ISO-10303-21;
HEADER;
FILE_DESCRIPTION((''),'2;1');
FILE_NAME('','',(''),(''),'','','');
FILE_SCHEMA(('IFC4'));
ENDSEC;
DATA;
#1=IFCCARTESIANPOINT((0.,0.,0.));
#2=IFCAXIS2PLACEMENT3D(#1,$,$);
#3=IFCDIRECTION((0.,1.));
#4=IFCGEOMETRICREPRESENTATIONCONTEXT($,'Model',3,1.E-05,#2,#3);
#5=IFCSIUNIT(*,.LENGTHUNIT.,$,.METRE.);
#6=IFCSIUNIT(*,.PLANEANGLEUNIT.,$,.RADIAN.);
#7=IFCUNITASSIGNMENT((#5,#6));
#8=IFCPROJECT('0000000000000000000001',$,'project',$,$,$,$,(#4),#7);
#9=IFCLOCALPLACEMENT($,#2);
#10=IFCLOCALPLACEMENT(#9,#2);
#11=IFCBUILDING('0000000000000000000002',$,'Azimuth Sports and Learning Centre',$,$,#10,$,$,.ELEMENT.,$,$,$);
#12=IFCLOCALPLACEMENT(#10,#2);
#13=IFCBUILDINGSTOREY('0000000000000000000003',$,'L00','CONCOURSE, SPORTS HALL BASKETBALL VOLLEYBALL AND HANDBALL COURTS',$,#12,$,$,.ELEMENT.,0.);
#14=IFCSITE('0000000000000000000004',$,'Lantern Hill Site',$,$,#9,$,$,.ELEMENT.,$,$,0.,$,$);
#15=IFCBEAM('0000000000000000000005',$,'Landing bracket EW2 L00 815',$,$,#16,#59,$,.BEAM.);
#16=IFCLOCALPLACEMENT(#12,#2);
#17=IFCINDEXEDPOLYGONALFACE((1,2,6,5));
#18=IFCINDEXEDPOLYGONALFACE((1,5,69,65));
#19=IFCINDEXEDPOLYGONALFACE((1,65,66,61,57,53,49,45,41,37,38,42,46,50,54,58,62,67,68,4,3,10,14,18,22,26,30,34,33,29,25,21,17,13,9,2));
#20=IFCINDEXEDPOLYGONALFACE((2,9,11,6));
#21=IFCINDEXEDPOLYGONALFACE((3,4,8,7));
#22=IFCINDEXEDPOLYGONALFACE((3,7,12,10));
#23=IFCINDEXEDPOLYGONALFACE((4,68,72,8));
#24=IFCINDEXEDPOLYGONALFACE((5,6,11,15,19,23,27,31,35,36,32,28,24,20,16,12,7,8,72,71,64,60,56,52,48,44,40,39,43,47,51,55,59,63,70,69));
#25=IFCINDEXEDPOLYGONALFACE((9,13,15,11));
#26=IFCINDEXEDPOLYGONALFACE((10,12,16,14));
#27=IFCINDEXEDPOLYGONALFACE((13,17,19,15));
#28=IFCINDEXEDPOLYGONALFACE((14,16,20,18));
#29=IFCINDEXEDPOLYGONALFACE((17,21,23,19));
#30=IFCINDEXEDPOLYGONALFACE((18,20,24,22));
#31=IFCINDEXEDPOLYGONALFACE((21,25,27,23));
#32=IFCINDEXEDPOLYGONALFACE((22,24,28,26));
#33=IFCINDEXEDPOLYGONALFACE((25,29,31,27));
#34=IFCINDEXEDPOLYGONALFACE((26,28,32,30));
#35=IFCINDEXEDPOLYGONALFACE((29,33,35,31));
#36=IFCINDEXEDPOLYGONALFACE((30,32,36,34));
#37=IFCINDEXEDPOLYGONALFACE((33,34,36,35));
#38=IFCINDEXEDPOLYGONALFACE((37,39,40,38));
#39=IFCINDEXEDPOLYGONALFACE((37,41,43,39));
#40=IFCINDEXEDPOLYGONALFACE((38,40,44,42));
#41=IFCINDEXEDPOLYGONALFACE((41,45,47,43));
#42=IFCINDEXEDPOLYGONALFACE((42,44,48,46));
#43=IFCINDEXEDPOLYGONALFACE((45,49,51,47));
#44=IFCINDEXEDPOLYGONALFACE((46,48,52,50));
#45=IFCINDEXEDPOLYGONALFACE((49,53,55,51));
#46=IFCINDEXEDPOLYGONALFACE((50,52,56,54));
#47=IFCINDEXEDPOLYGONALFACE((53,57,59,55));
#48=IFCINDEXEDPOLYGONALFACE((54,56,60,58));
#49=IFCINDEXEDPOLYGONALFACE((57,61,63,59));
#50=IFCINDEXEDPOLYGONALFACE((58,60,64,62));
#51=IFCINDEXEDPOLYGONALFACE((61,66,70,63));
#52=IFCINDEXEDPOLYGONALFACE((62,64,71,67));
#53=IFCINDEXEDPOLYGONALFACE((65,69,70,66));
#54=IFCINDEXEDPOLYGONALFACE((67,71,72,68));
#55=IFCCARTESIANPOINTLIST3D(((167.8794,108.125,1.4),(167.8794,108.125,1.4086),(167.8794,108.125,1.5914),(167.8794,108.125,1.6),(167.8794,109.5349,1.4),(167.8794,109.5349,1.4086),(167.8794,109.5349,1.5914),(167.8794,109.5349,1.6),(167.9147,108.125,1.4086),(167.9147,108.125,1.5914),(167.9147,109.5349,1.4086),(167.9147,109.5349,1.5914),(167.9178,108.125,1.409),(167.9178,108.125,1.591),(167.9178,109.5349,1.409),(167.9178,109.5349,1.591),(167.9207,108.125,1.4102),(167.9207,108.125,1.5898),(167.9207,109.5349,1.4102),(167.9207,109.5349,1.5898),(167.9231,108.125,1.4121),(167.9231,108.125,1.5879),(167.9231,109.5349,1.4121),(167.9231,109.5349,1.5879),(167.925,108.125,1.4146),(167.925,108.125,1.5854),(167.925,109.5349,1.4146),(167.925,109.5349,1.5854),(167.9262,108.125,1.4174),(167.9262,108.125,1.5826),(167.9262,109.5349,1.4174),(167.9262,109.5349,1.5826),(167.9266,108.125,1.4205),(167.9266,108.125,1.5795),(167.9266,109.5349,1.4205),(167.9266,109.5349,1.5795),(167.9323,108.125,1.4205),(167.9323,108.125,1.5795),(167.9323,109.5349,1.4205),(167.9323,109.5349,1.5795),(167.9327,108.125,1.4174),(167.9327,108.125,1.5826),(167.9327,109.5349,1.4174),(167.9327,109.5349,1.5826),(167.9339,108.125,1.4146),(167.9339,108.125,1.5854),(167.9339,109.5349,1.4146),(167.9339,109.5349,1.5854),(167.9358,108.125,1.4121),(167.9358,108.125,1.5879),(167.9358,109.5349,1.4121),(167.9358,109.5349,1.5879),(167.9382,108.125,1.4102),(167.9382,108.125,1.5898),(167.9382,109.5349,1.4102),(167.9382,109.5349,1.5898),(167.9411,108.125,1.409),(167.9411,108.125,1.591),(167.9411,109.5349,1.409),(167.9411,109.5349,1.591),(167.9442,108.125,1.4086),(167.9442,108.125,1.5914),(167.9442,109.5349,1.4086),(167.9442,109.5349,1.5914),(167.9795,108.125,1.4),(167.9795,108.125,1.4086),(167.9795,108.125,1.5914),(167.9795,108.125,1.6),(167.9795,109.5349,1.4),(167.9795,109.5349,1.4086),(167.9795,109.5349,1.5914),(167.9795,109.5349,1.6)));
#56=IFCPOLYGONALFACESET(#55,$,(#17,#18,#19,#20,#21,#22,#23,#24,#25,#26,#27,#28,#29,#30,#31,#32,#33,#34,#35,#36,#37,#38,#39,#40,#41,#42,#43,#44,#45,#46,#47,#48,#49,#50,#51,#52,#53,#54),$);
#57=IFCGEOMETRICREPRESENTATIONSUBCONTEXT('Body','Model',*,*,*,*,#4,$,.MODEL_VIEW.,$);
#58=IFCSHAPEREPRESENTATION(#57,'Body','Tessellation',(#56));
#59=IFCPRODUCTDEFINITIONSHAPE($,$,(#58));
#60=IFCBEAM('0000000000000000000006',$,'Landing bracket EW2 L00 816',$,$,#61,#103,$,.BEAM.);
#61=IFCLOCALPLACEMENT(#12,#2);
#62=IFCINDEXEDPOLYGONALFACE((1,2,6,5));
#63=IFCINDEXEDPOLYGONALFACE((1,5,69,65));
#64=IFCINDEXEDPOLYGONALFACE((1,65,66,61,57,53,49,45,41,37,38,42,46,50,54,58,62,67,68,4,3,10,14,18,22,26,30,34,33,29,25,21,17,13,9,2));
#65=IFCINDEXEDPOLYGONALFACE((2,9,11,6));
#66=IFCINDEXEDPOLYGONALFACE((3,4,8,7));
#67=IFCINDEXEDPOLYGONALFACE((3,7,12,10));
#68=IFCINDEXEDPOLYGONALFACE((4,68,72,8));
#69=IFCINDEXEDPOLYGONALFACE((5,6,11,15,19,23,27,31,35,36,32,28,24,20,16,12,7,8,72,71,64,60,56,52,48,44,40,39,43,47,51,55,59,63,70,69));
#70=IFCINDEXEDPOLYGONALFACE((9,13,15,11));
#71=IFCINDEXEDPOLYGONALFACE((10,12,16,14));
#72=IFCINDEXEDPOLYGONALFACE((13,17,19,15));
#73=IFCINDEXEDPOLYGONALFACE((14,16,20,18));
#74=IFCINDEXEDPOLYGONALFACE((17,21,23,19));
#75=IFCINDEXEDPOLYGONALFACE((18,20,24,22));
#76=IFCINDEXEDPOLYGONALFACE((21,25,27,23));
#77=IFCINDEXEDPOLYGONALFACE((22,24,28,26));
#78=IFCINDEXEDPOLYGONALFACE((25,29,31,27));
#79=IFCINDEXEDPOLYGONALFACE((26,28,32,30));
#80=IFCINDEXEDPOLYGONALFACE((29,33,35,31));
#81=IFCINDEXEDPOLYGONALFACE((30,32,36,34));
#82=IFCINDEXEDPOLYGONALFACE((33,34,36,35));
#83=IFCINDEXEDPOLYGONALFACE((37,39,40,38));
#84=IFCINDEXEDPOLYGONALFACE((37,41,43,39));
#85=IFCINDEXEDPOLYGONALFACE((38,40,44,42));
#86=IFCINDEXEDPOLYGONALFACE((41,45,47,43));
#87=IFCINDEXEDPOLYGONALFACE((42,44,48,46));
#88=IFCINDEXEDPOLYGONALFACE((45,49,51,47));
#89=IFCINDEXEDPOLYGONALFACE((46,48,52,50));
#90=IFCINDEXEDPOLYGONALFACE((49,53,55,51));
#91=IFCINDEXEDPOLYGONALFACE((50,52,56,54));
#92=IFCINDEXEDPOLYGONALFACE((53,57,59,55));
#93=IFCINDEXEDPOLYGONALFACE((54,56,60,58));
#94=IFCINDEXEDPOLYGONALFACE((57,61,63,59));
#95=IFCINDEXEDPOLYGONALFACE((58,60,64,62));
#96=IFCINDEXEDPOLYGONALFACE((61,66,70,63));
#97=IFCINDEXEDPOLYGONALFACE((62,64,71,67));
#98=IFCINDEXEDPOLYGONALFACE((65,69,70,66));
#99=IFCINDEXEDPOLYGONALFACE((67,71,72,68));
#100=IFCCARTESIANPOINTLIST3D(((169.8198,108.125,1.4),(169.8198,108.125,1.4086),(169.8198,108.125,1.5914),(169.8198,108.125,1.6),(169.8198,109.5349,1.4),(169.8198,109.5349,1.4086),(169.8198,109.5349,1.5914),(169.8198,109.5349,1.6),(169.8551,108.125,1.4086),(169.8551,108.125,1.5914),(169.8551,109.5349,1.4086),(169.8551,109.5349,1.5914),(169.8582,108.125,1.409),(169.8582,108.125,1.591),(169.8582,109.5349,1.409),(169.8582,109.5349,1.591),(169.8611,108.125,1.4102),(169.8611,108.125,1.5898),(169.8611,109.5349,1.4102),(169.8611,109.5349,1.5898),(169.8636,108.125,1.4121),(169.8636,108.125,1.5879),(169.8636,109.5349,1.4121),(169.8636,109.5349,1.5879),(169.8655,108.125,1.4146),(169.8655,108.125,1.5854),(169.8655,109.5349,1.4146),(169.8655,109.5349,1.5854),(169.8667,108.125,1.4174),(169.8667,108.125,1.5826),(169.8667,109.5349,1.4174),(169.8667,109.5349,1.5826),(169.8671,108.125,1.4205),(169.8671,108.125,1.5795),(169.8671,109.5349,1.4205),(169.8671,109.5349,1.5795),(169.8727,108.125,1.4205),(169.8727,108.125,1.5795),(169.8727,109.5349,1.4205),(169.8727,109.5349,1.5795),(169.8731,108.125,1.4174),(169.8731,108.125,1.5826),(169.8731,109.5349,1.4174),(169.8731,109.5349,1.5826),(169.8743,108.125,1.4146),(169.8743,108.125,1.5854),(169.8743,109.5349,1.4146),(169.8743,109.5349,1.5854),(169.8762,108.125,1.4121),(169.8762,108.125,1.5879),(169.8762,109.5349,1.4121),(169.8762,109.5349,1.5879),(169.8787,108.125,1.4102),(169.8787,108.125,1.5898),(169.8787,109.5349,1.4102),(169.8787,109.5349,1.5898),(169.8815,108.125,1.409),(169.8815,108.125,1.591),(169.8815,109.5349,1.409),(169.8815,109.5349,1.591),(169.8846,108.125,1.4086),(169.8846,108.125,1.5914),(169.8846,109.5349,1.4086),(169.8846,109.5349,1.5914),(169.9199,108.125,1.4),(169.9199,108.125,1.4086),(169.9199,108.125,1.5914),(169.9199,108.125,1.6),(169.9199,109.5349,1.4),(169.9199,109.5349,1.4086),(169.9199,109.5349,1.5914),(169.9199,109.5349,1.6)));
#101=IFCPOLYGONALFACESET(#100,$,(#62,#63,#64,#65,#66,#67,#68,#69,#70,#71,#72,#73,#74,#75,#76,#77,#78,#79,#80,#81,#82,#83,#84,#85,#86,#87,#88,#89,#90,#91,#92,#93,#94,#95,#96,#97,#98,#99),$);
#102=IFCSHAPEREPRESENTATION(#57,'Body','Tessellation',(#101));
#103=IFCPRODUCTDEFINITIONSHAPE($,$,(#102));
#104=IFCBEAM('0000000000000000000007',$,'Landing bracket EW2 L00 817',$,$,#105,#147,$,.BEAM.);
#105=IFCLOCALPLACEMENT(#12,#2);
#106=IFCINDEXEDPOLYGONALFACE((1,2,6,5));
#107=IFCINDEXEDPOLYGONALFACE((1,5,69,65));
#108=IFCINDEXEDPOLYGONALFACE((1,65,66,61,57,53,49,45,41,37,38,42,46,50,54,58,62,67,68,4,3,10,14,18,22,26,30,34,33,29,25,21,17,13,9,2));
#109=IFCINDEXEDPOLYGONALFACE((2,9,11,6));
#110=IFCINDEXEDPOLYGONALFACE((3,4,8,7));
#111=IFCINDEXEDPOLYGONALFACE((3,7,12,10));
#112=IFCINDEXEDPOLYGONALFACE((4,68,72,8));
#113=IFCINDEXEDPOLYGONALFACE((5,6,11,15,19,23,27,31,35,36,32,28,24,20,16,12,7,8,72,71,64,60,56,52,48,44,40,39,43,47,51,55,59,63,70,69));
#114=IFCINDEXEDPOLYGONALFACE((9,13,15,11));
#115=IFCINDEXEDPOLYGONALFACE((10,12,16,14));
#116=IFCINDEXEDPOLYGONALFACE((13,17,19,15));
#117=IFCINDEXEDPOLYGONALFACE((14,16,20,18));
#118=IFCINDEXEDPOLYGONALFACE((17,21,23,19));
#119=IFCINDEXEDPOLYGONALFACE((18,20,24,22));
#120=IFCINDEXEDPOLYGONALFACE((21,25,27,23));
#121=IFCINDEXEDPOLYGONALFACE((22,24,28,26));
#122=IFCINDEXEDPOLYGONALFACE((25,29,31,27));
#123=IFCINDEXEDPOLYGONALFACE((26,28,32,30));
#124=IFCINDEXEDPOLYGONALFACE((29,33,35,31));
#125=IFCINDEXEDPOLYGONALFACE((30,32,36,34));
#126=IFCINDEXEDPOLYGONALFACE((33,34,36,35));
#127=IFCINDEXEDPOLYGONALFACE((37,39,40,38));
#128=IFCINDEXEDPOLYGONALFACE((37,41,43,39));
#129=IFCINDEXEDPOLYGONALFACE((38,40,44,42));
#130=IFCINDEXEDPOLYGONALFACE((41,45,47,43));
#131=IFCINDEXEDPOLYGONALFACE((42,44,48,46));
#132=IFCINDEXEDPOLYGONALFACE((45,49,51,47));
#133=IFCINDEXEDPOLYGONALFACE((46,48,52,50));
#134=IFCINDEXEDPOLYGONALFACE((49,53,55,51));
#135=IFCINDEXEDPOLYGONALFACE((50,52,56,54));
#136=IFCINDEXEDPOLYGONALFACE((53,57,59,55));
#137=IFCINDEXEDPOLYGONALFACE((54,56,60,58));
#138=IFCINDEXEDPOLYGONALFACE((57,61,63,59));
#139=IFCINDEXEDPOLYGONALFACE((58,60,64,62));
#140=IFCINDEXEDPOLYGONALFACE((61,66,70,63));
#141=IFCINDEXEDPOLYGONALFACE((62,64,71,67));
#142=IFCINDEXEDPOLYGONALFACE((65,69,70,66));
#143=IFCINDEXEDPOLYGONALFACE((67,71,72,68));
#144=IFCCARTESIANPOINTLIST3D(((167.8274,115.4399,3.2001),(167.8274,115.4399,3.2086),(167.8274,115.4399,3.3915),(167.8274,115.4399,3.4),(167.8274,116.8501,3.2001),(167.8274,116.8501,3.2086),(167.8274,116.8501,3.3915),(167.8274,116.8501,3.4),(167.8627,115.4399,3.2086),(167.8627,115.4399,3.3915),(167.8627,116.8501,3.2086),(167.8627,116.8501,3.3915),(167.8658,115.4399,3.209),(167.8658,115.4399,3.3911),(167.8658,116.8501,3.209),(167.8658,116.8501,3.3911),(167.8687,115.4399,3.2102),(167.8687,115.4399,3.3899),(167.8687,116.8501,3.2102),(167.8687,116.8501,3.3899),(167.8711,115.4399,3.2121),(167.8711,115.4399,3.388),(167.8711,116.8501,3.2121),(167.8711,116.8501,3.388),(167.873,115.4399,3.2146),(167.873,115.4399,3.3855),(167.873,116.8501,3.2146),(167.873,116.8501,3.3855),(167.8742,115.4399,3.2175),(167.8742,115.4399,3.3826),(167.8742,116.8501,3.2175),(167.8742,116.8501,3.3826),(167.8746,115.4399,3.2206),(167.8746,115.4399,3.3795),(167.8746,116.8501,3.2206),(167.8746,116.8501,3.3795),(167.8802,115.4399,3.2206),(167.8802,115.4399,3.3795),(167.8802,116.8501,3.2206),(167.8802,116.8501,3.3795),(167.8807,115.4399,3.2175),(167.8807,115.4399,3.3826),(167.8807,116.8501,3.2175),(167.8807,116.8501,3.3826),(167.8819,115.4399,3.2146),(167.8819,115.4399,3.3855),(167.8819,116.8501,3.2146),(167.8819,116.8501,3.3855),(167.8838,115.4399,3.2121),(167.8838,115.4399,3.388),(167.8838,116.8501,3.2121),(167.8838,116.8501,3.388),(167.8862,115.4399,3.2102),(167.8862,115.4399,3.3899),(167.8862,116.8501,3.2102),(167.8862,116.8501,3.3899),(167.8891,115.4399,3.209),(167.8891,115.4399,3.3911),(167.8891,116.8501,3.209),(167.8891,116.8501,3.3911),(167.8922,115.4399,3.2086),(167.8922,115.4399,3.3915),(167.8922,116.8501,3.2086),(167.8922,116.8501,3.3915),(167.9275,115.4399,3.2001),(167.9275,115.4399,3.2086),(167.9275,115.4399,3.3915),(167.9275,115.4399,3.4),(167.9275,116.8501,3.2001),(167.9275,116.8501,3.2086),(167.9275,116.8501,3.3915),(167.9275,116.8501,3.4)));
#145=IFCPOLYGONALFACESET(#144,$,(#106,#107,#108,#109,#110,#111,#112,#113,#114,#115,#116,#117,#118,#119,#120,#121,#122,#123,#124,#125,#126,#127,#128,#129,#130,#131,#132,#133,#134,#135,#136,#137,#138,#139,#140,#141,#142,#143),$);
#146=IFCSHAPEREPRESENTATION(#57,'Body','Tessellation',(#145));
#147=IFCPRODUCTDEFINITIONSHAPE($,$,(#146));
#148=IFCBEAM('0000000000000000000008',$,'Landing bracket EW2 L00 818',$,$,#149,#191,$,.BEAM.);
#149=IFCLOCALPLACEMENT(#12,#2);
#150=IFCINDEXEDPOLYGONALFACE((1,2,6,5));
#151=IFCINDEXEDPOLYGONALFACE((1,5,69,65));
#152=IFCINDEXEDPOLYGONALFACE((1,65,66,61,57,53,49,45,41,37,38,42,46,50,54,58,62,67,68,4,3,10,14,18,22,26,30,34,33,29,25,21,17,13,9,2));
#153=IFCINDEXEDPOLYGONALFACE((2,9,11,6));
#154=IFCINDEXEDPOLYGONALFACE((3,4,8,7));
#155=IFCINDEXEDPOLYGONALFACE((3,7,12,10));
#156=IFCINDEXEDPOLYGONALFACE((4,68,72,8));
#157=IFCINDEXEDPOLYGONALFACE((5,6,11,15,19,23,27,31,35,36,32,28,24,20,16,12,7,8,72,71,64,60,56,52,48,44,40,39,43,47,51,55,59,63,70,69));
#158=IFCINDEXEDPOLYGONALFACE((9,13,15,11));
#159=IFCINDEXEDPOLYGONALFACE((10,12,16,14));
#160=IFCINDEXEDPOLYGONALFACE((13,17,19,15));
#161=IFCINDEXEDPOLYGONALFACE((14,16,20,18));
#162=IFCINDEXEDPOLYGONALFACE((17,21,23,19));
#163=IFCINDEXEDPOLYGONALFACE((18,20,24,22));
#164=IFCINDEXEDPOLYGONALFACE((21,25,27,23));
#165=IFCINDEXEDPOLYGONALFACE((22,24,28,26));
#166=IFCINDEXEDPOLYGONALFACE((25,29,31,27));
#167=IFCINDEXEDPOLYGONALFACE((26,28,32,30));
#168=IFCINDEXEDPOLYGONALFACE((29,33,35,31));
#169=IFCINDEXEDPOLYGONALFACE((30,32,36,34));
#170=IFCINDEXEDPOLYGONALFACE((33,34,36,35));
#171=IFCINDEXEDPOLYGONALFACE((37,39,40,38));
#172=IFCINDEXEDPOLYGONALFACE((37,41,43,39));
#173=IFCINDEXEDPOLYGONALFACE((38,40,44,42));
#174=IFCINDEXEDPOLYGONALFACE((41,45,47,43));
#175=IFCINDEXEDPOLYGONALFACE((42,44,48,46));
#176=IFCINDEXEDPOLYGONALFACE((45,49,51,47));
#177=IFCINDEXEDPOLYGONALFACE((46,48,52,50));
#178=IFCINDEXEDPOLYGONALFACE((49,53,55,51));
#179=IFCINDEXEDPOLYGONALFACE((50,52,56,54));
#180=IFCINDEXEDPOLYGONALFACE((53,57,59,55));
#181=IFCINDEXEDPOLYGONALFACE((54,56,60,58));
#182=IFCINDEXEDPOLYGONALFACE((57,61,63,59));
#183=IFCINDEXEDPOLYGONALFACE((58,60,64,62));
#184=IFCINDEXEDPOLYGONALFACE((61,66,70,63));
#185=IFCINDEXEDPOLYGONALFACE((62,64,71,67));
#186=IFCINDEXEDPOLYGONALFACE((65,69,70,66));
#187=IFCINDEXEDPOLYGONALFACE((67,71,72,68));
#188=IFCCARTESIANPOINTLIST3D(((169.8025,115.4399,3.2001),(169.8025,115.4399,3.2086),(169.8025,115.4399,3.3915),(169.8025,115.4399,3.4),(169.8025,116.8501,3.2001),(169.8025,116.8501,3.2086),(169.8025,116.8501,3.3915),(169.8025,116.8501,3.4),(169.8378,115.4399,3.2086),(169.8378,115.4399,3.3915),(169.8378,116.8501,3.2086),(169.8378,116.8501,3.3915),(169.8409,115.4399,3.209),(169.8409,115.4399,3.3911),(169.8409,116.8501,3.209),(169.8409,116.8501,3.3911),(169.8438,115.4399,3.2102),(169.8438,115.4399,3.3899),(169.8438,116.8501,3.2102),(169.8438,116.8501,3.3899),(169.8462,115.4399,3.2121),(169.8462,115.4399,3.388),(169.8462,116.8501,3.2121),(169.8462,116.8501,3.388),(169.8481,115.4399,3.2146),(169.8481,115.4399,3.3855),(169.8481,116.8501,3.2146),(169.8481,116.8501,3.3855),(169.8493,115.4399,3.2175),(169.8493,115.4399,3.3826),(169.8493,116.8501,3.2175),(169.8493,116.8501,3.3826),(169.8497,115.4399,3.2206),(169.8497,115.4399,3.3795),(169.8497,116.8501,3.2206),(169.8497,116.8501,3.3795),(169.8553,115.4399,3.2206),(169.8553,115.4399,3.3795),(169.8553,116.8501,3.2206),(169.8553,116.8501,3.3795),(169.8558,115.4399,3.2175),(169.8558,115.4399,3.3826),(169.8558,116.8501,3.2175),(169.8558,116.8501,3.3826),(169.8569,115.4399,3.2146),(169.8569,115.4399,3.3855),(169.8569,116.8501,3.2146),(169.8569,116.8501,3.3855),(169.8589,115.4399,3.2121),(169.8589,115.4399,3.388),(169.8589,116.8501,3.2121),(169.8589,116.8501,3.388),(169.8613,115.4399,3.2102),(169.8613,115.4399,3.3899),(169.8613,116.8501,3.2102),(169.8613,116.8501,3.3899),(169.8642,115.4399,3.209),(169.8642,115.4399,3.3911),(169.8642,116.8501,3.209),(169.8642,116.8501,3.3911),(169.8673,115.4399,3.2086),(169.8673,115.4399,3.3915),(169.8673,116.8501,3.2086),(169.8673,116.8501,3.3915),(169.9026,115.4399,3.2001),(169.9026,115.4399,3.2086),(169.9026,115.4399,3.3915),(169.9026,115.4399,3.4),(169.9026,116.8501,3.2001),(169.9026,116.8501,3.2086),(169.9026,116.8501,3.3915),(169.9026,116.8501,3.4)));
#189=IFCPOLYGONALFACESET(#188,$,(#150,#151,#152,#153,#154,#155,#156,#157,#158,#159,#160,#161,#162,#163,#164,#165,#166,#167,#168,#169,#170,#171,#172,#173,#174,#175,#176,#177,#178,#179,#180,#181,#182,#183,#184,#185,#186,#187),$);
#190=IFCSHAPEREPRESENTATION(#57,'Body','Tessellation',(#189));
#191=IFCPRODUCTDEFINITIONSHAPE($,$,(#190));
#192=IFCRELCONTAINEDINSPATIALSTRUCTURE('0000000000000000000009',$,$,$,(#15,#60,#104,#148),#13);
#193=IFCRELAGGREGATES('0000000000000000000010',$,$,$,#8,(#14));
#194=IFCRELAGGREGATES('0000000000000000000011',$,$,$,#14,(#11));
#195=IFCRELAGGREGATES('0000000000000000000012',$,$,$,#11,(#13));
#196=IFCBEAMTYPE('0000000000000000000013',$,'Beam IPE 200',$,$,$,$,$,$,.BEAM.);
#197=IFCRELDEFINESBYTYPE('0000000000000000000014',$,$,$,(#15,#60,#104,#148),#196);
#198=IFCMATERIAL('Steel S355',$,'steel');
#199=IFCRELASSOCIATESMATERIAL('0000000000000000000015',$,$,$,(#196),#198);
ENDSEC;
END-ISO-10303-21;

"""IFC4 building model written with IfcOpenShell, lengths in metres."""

from ifc_helpers import new_model, si_unit, direction, frame, origin, origin_2d, place, context, subcontext, project, spatial, i_section, extrude, material, material_profile, profile_set, type_object, element, save


model = new_model("IFC4")

# Units and contexts
model_context = context("Model", 3, precision=1e-05, world=origin(), true_north=direction((0.0, 1.0)))
body_context = subcontext(model_context, "Body", "Model", "MODEL_VIEW")
ifc_project = project(units=[si_unit("LENGTHUNIT", "METRE"), si_unit("PLANEANGLEUNIT", "RADIAN")], contexts=[model_context])

# Site, building, storey
site_placement = place(None, origin())
site = spatial("IfcSite", under=ifc_project, at=site_placement, Name="Lantern Hill Site", CompositionType="ELEMENT", RefElevation=0.0)
building_placement = place(site_placement, origin())
building = spatial("IfcBuilding", under=site, at=building_placement, Name="Azimuth Sports and Learning Centre", CompositionType="ELEMENT")
storey_placement = place(building_placement, origin())
storey = spatial("IfcBuildingStorey", under=building, at=storey_placement, Name="L00", Description="CONCOURSE, SPORTS HALL BASKETBALL VOLLEYBALL AND HANDBALL COURTS", CompositionType="ELEMENT", Elevation=0.0)

# Beams
ifc_material_1 = material(Name="Steel S355", Category="steel")
ifc_material_profile_1 = material_profile(ifc_material_1, i_section(OverallWidth=0.1001, OverallDepth=0.2, WebThickness=0.0056, FlangeThickness=0.0085, FilletRadius=0.012, at=origin_2d()), Name="IPE 200")
ifc_profile_set_1 = profile_set([ifc_material_profile_1], Name="Steel S355")
beam_type = type_object("IfcBeamType", Name="Beam IPE 200", PredefinedType="BEAM", material=ifc_profile_set_1)
for number, where, z_axis, x_axis, name in (
    (1, (167.9294, 108.125, 1.5), (0.0, 1.0, 0.0), (-1.0, 0.0, 0.0), "Landing bracket EW2 L00 815"),
    (2, (169.8699, 108.125, 1.5), (0.0, 1.0, 0.0), (-1.0, 0.0, 0.0), "Landing bracket EW2 L00 816"),
):
    element("IfcBeam", number, at=place(storey_placement, frame(where, z_axis=z_axis, x_axis=x_axis)), inside=storey, type_object=beam_type, Name=name, PredefinedType="BEAM", context=body_context, shape_type="SweptSolid", body=[
        extrude(i_section(OverallWidth=0.1001, OverallDepth=0.2, WebThickness=0.0056, FlangeThickness=0.0085, FilletRadius=0.012, at=origin_2d()), origin(), (0.0, 0.0, 1.0), 1.4099),
    ])
for number, where, z_axis, x_axis, name in (
    (3, (167.8774, 116.8501, 3.3), (0.0, -1.0, 0.0), (1.0, 0.0, 0.0), "Landing bracket EW2 L00 817"),
    (4, (169.8525, 116.8501, 3.3), (0.0, -1.0, 0.0), (1.0, 0.0, 0.0), "Landing bracket EW2 L00 818"),
):
    element("IfcBeam", number, at=place(storey_placement, frame(where, z_axis=z_axis, x_axis=x_axis)), inside=storey, type_object=beam_type, Name=name, PredefinedType="BEAM", context=body_context, shape_type="SweptSolid", body=[
        extrude(i_section(OverallWidth=0.1001, OverallDepth=0.2, WebThickness=0.0056, FlangeThickness=0.0085, FilletRadius=0.012, at=origin_2d()), origin(), (0.0, 0.0, 1.0), 1.4102),
    ])

save(model, "model.ifc")
